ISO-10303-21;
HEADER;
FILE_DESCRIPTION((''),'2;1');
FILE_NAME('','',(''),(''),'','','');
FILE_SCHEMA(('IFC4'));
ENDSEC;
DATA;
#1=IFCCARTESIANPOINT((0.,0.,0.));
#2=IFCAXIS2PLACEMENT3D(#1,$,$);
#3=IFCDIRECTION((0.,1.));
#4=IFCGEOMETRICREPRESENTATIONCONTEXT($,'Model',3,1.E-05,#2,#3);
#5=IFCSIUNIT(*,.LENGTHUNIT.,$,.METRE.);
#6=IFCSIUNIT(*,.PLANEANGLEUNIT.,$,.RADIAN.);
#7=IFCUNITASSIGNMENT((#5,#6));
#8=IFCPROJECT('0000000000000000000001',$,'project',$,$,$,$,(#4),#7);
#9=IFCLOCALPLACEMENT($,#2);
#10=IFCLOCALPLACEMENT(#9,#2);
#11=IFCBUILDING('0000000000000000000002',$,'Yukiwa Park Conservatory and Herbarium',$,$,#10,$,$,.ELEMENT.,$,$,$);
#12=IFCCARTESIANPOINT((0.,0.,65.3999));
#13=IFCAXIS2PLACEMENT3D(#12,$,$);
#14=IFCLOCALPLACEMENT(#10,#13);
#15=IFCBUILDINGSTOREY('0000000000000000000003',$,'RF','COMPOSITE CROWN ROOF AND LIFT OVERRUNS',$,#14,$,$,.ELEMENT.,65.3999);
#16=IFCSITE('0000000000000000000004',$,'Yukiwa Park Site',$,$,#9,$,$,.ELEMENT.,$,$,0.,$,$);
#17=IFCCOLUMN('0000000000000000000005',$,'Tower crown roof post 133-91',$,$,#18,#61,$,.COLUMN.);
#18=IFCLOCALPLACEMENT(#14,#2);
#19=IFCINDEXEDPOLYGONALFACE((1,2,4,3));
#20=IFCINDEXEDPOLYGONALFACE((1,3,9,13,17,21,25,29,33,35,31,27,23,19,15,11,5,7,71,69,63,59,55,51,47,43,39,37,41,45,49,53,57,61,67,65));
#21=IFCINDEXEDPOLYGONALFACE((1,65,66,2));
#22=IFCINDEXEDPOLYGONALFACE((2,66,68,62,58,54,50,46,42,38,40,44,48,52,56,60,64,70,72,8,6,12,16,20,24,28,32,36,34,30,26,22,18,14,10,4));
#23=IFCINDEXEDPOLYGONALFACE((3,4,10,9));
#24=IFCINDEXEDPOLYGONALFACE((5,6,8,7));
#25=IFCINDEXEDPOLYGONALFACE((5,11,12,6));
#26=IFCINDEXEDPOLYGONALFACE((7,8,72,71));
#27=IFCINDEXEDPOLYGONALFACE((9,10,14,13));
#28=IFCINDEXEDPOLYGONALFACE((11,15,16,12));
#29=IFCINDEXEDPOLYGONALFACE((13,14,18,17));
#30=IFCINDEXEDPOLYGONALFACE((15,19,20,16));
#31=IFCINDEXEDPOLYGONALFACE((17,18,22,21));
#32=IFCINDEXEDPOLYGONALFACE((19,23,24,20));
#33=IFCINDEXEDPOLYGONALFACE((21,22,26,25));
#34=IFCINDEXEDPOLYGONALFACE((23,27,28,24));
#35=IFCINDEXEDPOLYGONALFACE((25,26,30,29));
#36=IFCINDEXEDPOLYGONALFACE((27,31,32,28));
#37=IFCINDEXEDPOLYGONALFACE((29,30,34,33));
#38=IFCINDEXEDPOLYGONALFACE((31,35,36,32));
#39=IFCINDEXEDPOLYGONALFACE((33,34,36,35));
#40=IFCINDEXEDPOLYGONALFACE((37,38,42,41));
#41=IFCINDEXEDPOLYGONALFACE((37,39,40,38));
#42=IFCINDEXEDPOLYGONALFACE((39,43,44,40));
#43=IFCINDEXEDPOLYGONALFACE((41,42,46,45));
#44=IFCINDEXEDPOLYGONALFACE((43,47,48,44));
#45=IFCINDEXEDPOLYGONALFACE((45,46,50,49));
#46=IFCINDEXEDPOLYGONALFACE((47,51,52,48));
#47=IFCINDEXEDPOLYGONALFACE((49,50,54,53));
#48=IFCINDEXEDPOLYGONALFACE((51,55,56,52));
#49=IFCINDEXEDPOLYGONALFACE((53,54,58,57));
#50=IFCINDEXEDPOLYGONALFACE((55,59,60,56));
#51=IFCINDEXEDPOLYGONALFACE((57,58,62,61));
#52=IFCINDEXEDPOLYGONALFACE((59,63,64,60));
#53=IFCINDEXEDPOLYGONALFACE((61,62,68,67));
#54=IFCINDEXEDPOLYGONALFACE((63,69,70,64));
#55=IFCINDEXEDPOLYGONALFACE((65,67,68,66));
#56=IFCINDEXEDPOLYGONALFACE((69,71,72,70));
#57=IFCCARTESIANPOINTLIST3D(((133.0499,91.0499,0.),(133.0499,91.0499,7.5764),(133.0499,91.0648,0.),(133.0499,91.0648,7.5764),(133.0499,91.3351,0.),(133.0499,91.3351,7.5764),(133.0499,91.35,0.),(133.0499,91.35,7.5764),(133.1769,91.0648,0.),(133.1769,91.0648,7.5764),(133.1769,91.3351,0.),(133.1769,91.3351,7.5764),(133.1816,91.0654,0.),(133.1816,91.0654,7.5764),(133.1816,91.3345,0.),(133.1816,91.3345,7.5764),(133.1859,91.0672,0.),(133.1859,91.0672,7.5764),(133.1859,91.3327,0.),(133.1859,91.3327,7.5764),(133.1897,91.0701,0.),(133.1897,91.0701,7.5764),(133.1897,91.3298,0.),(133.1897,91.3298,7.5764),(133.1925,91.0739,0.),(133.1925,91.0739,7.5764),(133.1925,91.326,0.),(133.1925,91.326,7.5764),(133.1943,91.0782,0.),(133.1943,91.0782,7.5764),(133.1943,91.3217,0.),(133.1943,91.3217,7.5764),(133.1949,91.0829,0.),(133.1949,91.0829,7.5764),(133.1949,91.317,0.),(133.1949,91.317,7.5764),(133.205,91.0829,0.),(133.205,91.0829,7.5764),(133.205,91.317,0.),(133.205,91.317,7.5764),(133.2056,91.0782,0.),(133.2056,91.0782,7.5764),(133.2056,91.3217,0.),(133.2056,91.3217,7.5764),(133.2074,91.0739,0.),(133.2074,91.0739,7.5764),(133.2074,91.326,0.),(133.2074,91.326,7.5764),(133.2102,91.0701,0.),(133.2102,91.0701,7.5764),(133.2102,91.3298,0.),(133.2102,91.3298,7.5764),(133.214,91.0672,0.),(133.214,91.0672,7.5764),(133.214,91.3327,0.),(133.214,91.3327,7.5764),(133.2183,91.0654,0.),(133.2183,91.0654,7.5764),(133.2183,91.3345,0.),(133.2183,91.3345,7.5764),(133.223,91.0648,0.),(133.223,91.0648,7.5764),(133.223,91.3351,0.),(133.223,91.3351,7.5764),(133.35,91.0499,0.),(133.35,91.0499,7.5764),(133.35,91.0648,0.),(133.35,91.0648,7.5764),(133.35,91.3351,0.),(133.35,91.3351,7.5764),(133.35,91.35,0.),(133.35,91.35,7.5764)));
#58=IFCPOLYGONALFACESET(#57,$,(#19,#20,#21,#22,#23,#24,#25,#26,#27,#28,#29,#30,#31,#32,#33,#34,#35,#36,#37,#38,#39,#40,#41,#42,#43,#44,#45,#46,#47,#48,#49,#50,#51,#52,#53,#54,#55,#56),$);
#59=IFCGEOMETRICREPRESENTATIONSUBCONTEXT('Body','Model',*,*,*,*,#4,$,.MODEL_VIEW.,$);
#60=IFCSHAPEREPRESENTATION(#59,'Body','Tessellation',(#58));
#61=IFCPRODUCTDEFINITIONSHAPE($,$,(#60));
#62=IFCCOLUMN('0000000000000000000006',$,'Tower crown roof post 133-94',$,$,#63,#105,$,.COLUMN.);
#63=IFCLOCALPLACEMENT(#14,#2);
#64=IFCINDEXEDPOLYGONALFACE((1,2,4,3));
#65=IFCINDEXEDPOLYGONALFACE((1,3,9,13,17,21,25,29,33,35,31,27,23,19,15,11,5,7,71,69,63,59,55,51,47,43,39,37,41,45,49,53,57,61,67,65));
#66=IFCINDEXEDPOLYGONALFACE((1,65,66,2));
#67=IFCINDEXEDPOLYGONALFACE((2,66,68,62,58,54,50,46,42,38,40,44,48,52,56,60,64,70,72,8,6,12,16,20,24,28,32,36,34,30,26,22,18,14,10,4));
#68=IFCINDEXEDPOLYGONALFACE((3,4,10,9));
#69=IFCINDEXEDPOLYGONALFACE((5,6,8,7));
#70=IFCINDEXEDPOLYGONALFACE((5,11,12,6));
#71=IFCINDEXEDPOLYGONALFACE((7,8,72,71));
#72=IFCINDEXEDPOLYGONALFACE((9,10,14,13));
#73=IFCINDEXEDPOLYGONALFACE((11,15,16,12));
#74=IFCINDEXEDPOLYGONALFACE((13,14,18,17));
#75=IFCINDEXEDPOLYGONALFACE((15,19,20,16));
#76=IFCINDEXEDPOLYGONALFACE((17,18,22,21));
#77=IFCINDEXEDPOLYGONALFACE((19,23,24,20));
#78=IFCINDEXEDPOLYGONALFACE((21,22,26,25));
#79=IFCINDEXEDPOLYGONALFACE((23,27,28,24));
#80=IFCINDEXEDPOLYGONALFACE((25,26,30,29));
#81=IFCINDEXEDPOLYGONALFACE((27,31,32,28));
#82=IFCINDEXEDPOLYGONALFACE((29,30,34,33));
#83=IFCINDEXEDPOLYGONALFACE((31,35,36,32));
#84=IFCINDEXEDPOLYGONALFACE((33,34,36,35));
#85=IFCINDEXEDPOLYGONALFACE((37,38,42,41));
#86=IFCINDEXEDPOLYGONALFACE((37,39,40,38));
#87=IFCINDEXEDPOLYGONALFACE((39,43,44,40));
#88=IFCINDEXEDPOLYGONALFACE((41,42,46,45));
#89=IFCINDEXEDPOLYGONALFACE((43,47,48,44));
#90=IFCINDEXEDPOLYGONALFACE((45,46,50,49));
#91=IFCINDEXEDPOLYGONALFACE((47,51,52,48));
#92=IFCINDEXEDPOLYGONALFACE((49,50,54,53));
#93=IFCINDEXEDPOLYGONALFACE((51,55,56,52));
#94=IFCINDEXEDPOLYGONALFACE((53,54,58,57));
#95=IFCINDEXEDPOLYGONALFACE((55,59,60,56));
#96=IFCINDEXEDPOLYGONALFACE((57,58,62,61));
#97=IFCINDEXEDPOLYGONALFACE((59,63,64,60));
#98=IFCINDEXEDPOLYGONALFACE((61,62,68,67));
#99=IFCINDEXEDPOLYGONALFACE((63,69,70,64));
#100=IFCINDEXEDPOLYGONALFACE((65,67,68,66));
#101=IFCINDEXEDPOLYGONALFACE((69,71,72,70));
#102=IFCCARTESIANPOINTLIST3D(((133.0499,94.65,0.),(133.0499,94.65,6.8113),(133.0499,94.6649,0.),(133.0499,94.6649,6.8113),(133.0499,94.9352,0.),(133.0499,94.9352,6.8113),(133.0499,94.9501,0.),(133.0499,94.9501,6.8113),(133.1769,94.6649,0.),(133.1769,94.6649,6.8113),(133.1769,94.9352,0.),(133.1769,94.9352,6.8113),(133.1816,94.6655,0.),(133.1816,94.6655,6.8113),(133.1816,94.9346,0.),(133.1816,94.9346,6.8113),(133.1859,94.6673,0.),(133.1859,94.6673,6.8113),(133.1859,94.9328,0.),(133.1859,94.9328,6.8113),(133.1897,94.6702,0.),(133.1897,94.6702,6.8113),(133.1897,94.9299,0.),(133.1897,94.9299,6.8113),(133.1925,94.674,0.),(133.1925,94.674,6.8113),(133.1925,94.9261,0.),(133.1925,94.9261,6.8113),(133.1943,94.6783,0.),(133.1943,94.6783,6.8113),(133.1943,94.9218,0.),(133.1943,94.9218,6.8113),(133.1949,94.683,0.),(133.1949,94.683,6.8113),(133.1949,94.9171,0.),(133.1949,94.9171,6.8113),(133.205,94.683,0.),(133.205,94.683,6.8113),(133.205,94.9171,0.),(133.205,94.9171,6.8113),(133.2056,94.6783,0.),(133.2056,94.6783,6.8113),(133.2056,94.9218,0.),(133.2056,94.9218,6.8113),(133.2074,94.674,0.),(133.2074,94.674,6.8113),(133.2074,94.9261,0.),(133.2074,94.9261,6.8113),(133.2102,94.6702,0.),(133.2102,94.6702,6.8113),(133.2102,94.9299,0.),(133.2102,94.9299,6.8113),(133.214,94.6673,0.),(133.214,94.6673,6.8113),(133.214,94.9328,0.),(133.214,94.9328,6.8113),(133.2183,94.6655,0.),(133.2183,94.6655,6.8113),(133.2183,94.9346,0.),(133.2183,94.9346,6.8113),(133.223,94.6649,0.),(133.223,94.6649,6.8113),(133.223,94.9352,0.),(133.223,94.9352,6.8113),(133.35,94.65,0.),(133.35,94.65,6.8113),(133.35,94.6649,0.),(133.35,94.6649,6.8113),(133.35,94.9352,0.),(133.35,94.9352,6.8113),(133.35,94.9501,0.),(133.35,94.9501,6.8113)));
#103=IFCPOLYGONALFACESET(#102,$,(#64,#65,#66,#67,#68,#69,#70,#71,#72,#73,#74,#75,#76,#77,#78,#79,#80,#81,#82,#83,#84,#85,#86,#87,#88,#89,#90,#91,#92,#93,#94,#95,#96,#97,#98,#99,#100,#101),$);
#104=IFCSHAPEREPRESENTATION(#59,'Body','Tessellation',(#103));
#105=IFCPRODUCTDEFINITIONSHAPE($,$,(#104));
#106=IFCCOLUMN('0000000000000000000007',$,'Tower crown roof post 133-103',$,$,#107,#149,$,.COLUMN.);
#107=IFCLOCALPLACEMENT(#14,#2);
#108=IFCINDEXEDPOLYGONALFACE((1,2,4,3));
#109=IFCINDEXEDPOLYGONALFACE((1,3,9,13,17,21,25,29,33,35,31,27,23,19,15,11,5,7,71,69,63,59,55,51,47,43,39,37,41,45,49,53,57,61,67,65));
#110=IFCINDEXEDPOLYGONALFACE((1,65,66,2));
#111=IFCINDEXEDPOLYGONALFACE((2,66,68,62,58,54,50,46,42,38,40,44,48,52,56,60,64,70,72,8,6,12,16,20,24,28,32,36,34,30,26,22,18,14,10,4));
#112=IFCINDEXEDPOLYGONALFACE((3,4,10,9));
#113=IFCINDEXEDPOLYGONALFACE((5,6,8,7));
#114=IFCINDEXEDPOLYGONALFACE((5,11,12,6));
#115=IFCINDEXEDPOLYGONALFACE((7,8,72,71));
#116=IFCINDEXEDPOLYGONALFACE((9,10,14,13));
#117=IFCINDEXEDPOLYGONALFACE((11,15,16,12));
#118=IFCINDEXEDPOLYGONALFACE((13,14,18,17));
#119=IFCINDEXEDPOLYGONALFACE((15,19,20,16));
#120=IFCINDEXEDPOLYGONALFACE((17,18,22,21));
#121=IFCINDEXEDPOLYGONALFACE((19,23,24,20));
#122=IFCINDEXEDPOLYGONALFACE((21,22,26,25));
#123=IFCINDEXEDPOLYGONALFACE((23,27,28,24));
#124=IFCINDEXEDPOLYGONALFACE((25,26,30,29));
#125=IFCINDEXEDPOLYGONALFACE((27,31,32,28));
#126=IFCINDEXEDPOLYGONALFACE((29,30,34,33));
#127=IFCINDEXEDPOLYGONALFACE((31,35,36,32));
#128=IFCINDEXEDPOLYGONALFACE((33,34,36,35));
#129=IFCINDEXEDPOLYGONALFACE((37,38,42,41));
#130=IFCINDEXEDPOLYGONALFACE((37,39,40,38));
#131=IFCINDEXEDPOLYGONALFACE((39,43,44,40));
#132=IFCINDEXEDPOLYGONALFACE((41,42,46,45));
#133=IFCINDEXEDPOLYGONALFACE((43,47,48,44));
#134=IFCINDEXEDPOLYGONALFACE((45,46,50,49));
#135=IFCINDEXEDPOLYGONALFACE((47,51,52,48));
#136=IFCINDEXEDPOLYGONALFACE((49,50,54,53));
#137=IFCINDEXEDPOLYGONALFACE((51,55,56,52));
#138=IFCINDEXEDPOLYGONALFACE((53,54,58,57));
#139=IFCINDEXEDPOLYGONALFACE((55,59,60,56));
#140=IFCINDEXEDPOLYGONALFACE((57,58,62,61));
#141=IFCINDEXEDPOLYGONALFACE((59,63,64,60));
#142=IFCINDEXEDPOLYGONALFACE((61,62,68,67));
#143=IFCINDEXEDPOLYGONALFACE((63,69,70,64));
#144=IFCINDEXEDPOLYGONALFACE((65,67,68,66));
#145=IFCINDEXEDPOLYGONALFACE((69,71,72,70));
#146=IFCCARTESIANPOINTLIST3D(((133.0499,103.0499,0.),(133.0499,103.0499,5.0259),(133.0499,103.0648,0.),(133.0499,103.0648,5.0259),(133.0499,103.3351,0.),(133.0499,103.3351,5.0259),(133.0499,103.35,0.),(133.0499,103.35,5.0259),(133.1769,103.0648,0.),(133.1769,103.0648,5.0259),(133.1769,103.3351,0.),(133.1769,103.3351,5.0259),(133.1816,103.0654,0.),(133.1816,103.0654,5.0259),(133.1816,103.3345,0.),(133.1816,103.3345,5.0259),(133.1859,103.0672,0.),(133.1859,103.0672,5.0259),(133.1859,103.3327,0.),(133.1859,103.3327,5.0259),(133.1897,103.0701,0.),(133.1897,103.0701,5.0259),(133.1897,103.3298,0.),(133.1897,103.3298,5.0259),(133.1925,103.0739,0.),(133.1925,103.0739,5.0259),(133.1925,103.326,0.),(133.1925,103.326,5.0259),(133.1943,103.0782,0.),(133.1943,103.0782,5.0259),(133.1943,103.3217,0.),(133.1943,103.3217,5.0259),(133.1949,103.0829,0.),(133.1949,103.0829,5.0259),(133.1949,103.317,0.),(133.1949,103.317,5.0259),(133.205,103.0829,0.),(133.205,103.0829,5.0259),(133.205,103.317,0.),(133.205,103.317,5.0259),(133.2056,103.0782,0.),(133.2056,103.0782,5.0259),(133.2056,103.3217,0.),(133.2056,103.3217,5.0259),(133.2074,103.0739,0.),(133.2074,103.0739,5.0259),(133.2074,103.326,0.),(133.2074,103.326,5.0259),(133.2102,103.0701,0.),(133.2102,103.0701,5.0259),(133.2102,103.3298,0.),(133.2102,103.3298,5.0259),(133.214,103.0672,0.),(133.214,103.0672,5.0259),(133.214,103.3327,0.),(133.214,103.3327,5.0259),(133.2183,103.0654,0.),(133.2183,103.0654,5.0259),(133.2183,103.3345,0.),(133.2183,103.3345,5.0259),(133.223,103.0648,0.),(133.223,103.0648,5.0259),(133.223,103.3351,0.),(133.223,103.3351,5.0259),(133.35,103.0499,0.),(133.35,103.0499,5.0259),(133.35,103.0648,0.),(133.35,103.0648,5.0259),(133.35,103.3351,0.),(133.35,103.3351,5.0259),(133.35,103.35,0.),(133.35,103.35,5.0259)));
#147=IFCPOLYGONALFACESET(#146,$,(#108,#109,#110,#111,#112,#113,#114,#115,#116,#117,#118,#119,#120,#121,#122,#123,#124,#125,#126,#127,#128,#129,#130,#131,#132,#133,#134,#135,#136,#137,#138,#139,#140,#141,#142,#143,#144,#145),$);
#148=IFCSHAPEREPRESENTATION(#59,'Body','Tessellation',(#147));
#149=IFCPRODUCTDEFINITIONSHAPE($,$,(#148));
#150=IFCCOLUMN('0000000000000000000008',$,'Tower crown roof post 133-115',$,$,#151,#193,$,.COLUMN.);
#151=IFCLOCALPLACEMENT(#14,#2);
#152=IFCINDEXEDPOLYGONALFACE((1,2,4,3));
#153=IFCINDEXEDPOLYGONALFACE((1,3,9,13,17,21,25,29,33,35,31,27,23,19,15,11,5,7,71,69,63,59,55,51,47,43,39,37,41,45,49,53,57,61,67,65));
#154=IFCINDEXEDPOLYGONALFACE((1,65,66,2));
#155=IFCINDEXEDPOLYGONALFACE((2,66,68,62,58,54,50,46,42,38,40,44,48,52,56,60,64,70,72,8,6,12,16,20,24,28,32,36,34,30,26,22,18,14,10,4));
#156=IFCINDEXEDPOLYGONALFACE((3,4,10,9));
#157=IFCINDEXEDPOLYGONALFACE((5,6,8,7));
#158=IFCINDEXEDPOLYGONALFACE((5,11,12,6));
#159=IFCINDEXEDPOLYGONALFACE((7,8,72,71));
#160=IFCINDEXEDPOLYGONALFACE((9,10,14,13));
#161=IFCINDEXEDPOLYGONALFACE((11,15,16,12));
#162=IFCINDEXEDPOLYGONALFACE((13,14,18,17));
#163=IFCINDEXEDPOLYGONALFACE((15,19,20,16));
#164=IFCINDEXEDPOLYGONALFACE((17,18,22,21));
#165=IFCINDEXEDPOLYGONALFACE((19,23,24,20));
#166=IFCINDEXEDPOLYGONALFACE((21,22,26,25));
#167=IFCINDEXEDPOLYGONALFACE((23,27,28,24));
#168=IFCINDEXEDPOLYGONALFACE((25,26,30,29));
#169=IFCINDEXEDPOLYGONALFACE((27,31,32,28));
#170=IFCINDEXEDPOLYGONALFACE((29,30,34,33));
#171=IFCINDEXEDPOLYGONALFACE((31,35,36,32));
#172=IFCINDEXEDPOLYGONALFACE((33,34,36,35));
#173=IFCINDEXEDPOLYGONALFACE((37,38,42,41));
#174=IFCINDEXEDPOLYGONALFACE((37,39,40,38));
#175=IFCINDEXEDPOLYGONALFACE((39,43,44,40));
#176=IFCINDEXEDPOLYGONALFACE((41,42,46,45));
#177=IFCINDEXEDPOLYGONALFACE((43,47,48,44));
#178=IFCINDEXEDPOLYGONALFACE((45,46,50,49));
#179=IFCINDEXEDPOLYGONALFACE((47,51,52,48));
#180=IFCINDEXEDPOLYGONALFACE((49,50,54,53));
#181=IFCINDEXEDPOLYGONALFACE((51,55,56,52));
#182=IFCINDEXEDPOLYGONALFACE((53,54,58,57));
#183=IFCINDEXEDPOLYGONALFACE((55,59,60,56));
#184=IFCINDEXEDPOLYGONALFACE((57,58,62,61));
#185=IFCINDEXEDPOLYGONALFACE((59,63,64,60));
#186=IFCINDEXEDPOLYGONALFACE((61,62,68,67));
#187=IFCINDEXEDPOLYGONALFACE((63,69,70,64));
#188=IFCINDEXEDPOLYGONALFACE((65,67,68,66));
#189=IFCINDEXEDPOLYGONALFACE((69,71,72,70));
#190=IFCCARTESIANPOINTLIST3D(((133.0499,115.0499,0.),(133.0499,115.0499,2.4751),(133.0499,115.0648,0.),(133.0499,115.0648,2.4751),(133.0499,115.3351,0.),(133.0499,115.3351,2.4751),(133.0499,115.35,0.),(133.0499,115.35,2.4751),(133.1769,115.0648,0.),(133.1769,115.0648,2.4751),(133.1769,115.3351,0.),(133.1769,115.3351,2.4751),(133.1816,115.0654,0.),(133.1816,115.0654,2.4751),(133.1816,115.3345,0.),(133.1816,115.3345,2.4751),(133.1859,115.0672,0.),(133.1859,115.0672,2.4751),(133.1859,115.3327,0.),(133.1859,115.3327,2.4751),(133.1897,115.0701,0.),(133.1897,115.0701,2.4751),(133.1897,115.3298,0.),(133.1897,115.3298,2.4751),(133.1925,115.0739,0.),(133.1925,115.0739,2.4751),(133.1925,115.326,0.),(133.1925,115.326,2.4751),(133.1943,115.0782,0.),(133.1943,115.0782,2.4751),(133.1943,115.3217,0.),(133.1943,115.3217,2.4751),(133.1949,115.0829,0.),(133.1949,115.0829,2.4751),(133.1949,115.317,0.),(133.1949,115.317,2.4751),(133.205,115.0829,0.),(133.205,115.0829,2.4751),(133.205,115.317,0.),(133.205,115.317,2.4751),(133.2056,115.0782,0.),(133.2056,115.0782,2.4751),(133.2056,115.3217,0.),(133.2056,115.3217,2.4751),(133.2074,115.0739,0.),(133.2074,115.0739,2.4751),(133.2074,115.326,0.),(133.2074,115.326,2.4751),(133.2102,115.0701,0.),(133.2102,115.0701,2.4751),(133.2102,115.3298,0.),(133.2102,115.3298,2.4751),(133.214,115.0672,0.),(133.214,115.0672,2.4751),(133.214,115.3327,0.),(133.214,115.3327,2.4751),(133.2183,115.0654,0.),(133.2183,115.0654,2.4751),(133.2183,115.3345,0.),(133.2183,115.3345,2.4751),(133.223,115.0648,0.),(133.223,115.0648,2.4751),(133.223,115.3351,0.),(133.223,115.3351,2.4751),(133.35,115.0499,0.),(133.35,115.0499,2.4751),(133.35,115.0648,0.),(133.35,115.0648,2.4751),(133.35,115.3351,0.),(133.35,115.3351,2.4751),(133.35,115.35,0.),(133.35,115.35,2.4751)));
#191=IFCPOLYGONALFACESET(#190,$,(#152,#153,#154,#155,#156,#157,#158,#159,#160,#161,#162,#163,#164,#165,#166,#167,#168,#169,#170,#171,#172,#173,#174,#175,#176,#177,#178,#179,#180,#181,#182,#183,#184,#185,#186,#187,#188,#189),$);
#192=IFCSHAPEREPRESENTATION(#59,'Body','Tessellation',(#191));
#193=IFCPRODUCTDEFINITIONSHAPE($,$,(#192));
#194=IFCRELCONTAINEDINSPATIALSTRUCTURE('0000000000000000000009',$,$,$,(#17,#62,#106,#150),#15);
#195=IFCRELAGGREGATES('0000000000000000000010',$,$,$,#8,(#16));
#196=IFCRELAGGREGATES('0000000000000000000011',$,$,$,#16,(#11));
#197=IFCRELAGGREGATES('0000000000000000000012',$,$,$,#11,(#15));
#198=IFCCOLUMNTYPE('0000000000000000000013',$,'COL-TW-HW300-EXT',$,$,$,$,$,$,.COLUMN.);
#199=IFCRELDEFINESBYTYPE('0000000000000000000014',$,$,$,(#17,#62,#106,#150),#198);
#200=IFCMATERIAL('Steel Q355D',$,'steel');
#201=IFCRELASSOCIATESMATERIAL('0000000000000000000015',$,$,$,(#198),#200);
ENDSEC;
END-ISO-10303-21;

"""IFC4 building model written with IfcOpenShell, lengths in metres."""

from ifc_helpers import new_model, si_unit, direction, frame, origin, origin_2d, place, context, subcontext, project, spatial, i_section, extrude, material, material_profile, profile_set, type_object, element, save


model = new_model("IFC4")

# Units and contexts
model_context = context("Model", 3, precision=1e-05, world=origin(), true_north=direction((0.0, 1.0)))
body_context = subcontext(model_context, "Body", "Model", "MODEL_VIEW")
ifc_project = project(units=[si_unit("LENGTHUNIT", "METRE"), si_unit("PLANEANGLEUNIT", "RADIAN")], contexts=[model_context])

# Site, building, storey
site_placement = place(None, origin())
site = spatial("IfcSite", under=ifc_project, at=site_placement, Name="Yukiwa Park Site", CompositionType="ELEMENT", RefElevation=0.0)
building_placement = place(site_placement, origin())
building = spatial("IfcBuilding", under=site, at=building_placement, Name="Yukiwa Park Conservatory and Herbarium", CompositionType="ELEMENT")
storey_placement = place(building_placement, frame((0.0, 0.0, 65.3999)))
storey = spatial("IfcBuildingStorey", under=building, at=storey_placement, Name="RF", Description="COMPOSITE CROWN ROOF AND LIFT OVERRUNS", CompositionType="ELEMENT", Elevation=65.3999)

# Columns
ifc_material_1 = material(Name="Steel Q355D", Category="steel")
ifc_material_profile_1 = material_profile(ifc_material_1, i_section(OverallWidth=0.3, OverallDepth=0.3, WebThickness=0.01, FlangeThickness=0.0149, FilletRadius=0.0181, at=origin_2d()), Name="HW 300x300x10x15")
ifc_profile_set_1 = profile_set([ifc_material_profile_1], Name="Steel Q355D")
column_type = type_object("IfcColumnType", Name="COL-TW-HW300-EXT", PredefinedType="COLUMN", material=ifc_profile_set_1)
column_1_placement = place(storey_placement, frame((133.2, 91.2, 0.0), z_axis=(0.0, 0.0, 1.0), x_axis=(1.0, 0.0, 0.0)))
element("IfcColumn", 1, at=column_1_placement, inside=storey, type_object=column_type, Name="Tower crown roof post 133-91", PredefinedType="COLUMN", context=body_context, shape_type="SweptSolid", body=[
    extrude(i_section(OverallWidth=0.3, OverallDepth=0.3, WebThickness=0.01, FlangeThickness=0.0149, FilletRadius=0.0181, at=origin_2d()), origin(), (0.0, 0.0, 1.0), 7.5764),
])
column_2_placement = place(storey_placement, frame((133.2, 94.8, 0.0), z_axis=(0.0, 0.0, 1.0), x_axis=(1.0, 0.0, 0.0)))
element("IfcColumn", 2, at=column_2_placement, inside=storey, type_object=column_type, Name="Tower crown roof post 133-94", PredefinedType="COLUMN", context=body_context, shape_type="SweptSolid", body=[
    extrude(i_section(OverallWidth=0.3, OverallDepth=0.3, WebThickness=0.01, FlangeThickness=0.0149, FilletRadius=0.0181, at=origin_2d()), origin(), (0.0, 0.0, 1.0), 6.8113),
])
column_3_placement = place(storey_placement, frame((133.2, 103.2, 0.0), z_axis=(0.0, 0.0, 1.0), x_axis=(1.0, 0.0, 0.0)))
element("IfcColumn", 3, at=column_3_placement, inside=storey, type_object=column_type, Name="Tower crown roof post 133-103", PredefinedType="COLUMN", context=body_context, shape_type="SweptSolid", body=[
    extrude(i_section(OverallWidth=0.3, OverallDepth=0.3, WebThickness=0.01, FlangeThickness=0.0149, FilletRadius=0.0181, at=origin_2d()), origin(), (0.0, 0.0, 1.0), 5.0259),
])
column_4_placement = place(storey_placement, frame((133.2, 115.2, 0.0), z_axis=(0.0, 0.0, 1.0), x_axis=(1.0, 0.0, 0.0)))
element("IfcColumn", 4, at=column_4_placement, inside=storey, type_object=column_type, Name="Tower crown roof post 133-115", PredefinedType="COLUMN", context=body_context, shape_type="SweptSolid", body=[
    extrude(i_section(OverallWidth=0.3, OverallDepth=0.3, WebThickness=0.01, FlangeThickness=0.0149, FilletRadius=0.0181, at=origin_2d()), origin(), (0.0, 0.0, 1.0), 2.4751),
])

save(model, "model.ifc")
